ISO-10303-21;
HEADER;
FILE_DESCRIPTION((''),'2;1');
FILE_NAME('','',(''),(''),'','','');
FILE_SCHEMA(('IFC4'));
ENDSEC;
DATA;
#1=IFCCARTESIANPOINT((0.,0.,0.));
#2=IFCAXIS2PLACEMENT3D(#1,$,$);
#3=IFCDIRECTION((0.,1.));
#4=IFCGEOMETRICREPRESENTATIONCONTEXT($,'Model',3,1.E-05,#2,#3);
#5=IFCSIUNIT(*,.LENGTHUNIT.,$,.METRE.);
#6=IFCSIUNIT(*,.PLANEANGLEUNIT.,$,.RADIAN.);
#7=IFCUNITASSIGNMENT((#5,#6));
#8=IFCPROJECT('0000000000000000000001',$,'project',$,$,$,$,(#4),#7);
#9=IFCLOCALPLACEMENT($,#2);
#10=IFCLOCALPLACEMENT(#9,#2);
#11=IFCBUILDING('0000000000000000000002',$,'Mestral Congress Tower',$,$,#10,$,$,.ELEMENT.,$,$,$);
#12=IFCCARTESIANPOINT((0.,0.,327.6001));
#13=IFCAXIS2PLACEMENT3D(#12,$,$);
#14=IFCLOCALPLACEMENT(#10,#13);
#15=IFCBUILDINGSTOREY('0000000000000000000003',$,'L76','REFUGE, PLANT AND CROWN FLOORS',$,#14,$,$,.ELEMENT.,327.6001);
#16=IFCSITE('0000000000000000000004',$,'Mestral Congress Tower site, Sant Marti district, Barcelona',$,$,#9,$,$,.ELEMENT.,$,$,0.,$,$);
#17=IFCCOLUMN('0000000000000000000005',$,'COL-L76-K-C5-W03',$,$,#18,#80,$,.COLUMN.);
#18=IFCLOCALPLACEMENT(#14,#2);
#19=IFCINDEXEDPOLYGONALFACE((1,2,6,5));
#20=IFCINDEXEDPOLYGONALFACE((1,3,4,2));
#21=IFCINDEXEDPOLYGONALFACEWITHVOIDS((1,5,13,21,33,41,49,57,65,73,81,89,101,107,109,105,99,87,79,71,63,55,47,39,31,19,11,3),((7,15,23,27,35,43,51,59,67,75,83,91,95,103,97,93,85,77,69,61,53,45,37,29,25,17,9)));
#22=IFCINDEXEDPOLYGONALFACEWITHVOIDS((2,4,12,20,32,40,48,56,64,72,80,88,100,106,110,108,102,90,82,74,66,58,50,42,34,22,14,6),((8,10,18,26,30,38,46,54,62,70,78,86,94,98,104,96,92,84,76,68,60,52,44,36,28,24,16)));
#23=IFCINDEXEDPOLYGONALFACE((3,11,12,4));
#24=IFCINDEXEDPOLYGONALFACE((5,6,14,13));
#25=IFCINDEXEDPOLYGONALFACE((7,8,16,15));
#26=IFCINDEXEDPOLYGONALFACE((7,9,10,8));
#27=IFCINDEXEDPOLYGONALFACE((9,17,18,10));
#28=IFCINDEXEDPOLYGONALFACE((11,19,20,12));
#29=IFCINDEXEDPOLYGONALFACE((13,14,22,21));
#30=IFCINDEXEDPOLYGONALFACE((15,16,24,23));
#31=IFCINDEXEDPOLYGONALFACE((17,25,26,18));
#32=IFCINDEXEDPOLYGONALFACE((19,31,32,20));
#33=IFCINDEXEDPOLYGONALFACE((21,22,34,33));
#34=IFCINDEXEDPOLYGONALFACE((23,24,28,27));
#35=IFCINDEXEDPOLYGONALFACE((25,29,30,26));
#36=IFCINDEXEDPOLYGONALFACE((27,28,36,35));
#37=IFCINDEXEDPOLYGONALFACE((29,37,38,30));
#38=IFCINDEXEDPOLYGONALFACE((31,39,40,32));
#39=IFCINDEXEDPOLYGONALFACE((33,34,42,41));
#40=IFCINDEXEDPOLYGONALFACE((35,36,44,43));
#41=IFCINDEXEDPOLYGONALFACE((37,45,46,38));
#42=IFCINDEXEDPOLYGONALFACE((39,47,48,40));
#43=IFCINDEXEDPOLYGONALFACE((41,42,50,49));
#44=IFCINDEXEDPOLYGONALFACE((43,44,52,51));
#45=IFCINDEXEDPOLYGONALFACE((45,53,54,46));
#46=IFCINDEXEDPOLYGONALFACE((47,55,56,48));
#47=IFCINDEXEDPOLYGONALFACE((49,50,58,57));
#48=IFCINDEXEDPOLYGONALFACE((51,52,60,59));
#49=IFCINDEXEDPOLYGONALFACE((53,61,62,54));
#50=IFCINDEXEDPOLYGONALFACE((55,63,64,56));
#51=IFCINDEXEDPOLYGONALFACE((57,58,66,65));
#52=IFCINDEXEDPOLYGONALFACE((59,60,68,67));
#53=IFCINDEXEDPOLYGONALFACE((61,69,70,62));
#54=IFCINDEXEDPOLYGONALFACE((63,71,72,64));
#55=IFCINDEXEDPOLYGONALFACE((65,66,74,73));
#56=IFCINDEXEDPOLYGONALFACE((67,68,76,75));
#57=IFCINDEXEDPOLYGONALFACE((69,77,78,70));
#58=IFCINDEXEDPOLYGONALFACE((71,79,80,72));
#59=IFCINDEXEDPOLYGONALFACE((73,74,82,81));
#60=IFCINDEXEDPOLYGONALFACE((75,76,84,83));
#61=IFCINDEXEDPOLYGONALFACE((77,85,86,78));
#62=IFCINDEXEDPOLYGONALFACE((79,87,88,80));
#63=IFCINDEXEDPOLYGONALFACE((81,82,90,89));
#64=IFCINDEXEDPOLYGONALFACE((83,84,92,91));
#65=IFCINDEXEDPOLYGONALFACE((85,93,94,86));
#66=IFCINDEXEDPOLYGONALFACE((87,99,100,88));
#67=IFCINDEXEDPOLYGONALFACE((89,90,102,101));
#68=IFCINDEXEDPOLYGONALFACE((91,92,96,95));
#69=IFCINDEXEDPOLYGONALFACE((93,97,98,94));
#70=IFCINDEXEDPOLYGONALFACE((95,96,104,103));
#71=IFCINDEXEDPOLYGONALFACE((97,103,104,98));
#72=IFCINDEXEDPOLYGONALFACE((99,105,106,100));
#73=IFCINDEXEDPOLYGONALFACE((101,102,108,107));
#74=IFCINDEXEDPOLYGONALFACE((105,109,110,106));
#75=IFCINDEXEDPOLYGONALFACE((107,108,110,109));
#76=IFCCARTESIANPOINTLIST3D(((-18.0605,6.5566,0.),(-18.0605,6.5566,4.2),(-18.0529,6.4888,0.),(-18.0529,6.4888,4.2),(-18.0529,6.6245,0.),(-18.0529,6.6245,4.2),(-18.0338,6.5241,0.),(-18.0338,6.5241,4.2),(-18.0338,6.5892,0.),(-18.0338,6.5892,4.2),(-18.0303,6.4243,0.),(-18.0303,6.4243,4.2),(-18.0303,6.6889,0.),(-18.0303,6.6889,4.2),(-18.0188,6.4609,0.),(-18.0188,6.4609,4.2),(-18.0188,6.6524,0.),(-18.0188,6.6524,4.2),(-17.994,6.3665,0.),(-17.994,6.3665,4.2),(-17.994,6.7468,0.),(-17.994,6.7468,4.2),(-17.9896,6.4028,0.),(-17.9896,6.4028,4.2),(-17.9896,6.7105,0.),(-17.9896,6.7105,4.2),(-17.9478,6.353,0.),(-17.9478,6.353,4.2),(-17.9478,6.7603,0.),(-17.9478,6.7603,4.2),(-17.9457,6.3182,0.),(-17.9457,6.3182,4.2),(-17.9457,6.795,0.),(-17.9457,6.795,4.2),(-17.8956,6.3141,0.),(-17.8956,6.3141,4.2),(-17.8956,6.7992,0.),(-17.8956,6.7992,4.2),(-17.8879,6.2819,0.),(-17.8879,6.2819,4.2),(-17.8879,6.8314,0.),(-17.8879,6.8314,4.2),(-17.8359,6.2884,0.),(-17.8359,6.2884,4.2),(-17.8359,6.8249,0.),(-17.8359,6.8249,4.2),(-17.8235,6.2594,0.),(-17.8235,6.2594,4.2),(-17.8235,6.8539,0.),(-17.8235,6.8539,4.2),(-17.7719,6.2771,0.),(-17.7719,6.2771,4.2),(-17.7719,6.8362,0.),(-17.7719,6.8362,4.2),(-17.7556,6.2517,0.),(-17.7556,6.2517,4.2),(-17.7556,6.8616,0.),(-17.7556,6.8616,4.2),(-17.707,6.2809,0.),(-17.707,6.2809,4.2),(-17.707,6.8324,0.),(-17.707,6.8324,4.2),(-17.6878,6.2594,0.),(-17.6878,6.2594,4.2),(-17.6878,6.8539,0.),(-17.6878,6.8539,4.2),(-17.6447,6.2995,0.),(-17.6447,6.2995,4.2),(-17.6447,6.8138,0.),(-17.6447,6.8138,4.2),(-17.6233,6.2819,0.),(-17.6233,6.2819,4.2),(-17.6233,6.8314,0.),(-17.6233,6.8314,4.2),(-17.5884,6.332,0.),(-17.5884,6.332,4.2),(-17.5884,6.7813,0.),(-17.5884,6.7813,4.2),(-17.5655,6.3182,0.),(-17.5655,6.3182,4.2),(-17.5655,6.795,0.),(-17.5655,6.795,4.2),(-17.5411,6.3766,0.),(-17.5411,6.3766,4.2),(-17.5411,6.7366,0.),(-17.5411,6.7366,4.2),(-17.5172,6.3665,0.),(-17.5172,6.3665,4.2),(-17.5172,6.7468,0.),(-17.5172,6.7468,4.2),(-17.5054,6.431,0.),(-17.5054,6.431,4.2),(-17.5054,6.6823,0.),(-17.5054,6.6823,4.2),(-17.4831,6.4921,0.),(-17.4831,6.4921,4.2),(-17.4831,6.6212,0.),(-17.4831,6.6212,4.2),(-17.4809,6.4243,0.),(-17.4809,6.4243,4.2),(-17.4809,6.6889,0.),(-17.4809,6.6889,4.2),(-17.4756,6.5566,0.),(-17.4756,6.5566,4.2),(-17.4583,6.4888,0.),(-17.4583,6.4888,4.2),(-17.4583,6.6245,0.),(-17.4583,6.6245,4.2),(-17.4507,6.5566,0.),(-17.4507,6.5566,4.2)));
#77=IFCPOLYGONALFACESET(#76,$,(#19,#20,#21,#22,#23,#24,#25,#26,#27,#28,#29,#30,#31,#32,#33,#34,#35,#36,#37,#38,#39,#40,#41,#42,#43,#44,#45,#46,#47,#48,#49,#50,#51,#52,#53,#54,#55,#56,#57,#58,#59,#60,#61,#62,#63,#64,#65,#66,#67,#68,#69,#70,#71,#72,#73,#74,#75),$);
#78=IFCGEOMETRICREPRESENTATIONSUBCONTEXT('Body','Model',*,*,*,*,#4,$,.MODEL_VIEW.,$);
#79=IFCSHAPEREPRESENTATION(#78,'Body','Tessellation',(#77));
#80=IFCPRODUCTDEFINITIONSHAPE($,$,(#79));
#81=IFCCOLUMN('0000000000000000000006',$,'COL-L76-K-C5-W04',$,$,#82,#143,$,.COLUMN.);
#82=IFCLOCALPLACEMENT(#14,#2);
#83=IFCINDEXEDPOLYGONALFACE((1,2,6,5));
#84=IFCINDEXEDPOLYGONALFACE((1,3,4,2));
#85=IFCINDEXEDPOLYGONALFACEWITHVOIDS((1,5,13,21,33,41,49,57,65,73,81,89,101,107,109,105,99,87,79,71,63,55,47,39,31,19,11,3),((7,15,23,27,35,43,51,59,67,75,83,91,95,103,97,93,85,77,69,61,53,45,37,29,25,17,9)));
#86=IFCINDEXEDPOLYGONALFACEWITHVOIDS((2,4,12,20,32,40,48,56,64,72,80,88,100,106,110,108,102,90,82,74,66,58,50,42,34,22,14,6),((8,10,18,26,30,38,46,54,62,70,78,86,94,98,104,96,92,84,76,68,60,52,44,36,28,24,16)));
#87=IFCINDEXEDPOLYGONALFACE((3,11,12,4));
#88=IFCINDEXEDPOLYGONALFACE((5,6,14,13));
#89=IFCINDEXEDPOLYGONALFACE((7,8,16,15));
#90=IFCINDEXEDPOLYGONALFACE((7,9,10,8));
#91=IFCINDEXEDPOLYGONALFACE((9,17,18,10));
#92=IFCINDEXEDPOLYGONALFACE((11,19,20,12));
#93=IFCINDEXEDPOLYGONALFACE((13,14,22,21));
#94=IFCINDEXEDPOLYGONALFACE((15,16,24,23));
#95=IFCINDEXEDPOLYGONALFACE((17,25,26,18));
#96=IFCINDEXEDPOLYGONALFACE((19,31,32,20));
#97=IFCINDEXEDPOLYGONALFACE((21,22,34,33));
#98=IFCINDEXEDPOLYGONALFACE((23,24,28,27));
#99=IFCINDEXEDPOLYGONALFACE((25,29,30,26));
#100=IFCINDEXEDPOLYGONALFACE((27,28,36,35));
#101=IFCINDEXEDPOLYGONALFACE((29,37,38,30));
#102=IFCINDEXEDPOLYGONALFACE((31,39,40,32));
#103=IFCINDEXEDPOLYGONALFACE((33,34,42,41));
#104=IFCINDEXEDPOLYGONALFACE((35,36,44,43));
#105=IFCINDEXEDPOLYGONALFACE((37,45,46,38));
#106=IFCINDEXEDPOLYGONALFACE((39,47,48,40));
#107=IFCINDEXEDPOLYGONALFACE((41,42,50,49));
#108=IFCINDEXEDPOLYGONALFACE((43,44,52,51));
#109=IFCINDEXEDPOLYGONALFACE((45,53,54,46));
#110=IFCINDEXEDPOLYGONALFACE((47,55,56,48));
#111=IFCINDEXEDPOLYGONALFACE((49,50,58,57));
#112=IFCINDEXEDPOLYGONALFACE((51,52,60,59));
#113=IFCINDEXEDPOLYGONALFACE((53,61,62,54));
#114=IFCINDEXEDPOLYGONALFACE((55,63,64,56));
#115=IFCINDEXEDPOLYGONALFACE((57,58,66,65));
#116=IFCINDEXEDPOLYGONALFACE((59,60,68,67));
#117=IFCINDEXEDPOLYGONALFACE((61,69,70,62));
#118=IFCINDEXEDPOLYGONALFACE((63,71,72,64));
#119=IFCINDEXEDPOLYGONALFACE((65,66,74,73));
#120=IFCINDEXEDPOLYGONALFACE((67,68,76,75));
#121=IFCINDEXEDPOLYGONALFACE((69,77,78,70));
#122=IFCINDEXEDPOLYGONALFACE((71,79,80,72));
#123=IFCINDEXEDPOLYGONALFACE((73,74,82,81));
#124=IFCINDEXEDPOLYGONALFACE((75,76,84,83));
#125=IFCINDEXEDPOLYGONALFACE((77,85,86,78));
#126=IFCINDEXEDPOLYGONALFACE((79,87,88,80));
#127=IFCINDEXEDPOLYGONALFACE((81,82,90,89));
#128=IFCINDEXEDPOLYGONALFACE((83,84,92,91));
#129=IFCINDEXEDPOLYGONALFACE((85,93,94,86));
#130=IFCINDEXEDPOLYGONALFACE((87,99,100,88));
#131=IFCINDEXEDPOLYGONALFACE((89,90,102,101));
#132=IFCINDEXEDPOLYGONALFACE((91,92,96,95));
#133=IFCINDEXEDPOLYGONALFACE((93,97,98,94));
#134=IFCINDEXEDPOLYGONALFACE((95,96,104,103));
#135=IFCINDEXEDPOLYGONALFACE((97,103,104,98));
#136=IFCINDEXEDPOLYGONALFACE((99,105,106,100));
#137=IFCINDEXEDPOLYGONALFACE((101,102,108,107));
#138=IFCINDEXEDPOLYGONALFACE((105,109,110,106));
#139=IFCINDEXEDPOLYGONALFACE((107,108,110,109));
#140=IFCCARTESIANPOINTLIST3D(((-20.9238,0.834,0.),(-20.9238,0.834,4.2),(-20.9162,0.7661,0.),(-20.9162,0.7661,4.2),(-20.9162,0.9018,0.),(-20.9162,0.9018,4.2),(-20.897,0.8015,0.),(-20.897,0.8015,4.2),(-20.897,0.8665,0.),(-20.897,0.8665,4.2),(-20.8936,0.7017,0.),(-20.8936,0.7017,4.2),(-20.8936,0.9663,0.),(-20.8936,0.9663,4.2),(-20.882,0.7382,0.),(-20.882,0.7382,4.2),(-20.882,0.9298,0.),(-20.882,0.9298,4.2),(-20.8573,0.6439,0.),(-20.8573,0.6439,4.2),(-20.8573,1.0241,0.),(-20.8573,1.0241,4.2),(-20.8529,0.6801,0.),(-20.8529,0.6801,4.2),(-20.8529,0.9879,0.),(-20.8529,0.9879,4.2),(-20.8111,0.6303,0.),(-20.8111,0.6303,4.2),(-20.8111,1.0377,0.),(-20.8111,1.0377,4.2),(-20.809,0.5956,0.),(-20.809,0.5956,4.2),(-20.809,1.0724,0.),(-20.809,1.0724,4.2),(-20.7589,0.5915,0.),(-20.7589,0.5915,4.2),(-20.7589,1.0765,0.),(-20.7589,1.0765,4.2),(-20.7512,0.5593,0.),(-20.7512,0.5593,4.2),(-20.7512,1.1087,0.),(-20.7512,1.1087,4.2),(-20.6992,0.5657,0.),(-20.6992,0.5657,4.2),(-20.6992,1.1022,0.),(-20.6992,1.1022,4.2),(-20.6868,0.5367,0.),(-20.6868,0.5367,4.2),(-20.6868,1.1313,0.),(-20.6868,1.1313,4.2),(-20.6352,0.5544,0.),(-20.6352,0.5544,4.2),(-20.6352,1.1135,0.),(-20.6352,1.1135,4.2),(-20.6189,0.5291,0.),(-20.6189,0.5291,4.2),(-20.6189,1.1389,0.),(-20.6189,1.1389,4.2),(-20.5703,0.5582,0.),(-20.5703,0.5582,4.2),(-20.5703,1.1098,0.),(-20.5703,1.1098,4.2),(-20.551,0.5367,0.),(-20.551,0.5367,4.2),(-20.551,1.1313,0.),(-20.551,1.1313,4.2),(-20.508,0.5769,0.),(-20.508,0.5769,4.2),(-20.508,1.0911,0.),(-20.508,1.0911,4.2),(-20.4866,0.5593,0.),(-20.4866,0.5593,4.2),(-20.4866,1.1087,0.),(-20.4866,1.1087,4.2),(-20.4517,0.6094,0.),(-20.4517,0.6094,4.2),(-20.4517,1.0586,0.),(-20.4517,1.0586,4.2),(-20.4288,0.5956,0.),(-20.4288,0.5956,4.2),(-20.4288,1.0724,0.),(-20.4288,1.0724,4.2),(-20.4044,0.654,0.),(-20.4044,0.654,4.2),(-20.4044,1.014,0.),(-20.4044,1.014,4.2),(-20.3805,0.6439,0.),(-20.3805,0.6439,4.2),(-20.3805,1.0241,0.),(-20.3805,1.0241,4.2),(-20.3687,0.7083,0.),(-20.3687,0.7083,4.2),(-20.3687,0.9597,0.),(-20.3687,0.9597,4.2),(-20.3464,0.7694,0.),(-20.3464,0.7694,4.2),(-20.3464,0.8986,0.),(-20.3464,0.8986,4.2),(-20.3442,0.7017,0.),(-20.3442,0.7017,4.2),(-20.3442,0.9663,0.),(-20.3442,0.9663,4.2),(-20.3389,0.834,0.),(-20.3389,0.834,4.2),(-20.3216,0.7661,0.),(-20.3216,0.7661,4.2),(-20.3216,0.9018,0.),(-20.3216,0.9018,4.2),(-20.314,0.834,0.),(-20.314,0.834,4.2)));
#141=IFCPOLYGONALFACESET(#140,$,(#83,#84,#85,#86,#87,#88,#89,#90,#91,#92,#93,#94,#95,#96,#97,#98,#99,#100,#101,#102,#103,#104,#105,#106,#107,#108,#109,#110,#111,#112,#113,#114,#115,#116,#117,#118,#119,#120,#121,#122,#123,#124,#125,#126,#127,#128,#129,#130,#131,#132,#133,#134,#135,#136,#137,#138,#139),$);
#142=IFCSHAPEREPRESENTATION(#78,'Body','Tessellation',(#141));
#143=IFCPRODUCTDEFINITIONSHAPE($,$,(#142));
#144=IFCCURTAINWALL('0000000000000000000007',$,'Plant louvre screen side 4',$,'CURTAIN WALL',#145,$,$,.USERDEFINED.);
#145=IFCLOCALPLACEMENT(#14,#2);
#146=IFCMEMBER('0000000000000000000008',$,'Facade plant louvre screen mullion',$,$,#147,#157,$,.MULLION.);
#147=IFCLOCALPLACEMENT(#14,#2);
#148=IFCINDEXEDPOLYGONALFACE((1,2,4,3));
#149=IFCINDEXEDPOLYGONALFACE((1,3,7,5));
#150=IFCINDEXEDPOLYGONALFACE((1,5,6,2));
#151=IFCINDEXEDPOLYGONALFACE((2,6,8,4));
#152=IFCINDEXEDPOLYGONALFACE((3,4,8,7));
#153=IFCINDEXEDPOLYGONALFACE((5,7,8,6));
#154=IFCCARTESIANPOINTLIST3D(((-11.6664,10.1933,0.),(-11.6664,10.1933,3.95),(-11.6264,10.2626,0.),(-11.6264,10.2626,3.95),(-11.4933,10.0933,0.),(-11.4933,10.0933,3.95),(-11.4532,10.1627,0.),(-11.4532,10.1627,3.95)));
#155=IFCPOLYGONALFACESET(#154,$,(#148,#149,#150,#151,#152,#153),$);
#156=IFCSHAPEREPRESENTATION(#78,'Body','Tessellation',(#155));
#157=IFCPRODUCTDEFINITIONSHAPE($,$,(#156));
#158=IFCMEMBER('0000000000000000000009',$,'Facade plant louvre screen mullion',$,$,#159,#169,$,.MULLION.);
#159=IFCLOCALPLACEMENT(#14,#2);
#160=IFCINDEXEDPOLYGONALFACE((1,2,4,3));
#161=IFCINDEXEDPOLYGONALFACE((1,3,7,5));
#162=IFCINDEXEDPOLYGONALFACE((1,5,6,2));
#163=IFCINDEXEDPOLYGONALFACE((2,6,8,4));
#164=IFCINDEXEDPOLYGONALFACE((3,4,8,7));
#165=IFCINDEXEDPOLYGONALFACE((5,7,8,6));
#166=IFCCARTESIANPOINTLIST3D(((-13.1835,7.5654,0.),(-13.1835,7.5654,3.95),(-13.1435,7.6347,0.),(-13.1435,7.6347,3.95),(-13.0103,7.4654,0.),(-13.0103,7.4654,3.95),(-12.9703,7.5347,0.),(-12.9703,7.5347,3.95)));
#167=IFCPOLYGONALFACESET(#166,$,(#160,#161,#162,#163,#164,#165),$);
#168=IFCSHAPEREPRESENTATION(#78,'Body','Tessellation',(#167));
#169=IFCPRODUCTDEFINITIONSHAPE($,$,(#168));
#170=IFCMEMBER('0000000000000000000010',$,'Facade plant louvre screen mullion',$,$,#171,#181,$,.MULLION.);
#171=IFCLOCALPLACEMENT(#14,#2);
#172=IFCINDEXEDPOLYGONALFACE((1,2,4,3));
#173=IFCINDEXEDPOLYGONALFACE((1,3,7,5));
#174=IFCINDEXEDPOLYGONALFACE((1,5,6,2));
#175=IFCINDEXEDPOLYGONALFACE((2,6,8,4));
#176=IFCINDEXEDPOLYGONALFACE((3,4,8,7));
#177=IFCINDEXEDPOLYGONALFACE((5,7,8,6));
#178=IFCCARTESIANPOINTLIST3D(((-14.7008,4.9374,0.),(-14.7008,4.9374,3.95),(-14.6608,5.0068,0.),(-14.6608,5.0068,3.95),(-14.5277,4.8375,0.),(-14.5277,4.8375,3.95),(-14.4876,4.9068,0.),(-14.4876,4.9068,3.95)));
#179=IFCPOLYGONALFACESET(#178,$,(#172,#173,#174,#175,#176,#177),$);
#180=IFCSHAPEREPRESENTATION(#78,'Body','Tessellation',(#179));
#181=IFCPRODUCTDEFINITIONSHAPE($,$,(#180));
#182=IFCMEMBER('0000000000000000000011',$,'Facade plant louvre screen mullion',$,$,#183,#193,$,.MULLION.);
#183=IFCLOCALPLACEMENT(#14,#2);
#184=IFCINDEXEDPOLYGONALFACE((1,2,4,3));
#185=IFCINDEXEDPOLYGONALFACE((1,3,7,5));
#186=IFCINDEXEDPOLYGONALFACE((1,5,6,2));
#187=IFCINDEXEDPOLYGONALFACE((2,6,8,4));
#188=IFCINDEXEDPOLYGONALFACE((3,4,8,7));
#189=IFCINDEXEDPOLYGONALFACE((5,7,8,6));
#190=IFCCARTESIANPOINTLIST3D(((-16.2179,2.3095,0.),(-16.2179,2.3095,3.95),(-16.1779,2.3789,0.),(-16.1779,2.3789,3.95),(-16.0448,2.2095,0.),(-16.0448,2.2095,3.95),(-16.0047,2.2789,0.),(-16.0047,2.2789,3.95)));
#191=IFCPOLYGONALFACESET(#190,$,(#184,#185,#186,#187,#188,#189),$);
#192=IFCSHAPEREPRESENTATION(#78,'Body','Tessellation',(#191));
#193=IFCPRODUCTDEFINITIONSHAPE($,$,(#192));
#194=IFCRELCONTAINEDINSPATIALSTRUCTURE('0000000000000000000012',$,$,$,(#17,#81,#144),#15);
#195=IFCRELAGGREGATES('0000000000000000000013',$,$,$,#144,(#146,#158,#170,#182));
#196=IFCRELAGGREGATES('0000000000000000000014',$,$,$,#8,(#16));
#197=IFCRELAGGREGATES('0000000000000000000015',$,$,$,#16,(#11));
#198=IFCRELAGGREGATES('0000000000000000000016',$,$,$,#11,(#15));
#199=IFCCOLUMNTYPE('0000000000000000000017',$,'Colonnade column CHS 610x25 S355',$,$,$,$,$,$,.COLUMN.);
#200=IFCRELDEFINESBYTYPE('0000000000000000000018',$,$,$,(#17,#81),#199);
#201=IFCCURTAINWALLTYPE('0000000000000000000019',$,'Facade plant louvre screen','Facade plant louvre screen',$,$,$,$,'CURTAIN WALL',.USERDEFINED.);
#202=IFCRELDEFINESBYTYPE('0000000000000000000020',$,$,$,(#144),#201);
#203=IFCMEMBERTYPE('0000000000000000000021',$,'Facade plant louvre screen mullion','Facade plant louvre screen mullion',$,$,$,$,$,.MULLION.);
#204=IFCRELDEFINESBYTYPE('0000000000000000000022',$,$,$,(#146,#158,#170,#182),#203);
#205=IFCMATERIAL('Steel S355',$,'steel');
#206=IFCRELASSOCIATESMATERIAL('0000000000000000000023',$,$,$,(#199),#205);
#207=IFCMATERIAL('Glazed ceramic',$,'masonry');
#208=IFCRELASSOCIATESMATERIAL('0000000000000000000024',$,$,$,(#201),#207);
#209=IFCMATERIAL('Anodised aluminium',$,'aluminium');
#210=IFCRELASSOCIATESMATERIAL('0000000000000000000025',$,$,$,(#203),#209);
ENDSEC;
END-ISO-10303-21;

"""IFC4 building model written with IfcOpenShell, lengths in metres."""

from ifc_helpers import new_model, si_unit, direction, frame, origin, origin_2d, place, context, subcontext, project, spatial, rectangle, hollow_circle, extrude, material, material_profile, profile_set, type_object, element, aggregate, save


model = new_model("IFC4")

# Units and contexts
model_context = context("Model", 3, precision=1e-05, world=origin(), true_north=direction((0.0, 1.0)))
body_context = subcontext(model_context, "Body", "Model", "MODEL_VIEW")
ifc_project = project(units=[si_unit("LENGTHUNIT", "METRE"), si_unit("PLANEANGLEUNIT", "RADIAN")], contexts=[model_context])

# Site, building, storey
site_placement = place(None, origin())
site = spatial("IfcSite", under=ifc_project, at=site_placement, Name="Mestral Congress Tower site, Sant Marti district, Barcelona", CompositionType="ELEMENT", RefElevation=0.0)
building_placement = place(site_placement, origin())
building = spatial("IfcBuilding", under=site, at=building_placement, Name="Mestral Congress Tower", CompositionType="ELEMENT")
storey_placement = place(building_placement, frame((0.0, 0.0, 327.6001)))
storey = spatial("IfcBuildingStorey", under=building, at=storey_placement, Name="L76", Description="REFUGE, PLANT AND CROWN FLOORS", CompositionType="ELEMENT", Elevation=327.6001)

# Columns
ifc_material_1 = material(Name="Steel S355", Category="steel")
ifc_material_profile_1 = material_profile(ifc_material_1, hollow_circle(Radius=0.3049, WallThickness=0.0249, at=origin_2d()), Name="CHS 610x25")
ifc_profile_set_1 = profile_set([ifc_material_profile_1], Name="Steel S355")
column_type = type_object("IfcColumnType", Name="Colonnade column CHS 610x25 S355", PredefinedType="COLUMN", material=ifc_profile_set_1)
for number, where, z_axis, x_axis, name in (
    (1, (-17.7556, 6.5566, 0.0), (0.0, 0.0, 1.0), (1.0, 0.0, 0.0), "COL-L76-K-C5-W03"),
    (2, (-20.6189, 0.834, 0.0), (0.0, 0.0, 1.0), (1.0, 0.0, 0.0), "COL-L76-K-C5-W04"),
):
    element("IfcColumn", number, at=place(storey_placement, frame(where, z_axis=z_axis, x_axis=x_axis)), inside=storey, type_object=column_type, Name=name, PredefinedType="COLUMN", context=body_context, shape_type="SweptSolid", body=[
        extrude(hollow_circle(Radius=0.3049, WallThickness=0.0249, at=origin_2d()), origin(), (0.0, 0.0, 1.0), 4.2),
    ])

# Curtain wall, members
ifc_material_2 = material(Name="Glazed ceramic", Category="masonry")
curtain_wall_type = type_object("IfcCurtainWallType", Name="Facade plant louvre screen", Description="Facade plant louvre screen", ElementType="CURTAIN WALL", PredefinedType="USERDEFINED", material=ifc_material_2)
curtain_wall_placement = place(storey_placement, origin())
curtain_wall = element("IfcCurtainWall", 3, at=curtain_wall_placement, inside=storey, type_object=curtain_wall_type, Name="Plant louvre screen side 4", ObjectType="CURTAIN WALL", PredefinedType="USERDEFINED")
ifc_material_3 = material(Name="Anodised aluminium", Category="aluminium")
ifc_material_profile_2 = material_profile(ifc_material_3, rectangle(XDim=0.2, YDim=0.0801, at=origin_2d()), Name="CW6 mullion 200 x 80")
ifc_profile_set_2 = profile_set([ifc_material_profile_2], Name="Anodised aluminium")
member_type_1 = type_object("IfcMemberType", Name="Facade plant louvre screen mullion", Description="Facade plant louvre screen mullion", PredefinedType="MULLION", material=ifc_profile_set_2)
member_1_placement = place(storey_placement, frame((-11.5598, 10.178, 0.0), z_axis=(0.0, 0.0, 1.0), x_axis=(-0.866025, 0.500002, 0.0)))
member_1 = element("IfcMember", 4, at=member_1_placement, type_object=member_type_1, Name="Facade plant louvre screen mullion", PredefinedType="MULLION", context=body_context, shape_type="SweptSolid", body=[
    extrude(rectangle(XDim=0.2, YDim=0.0801, at=origin_2d()), origin(), (0.0, 0.0, 1.0), 3.95),
])
member_2_placement = place(storey_placement, frame((-13.0769, 7.55, 0.0), z_axis=(0.0, 0.0, 1.0), x_axis=(-0.866025, 0.500002, 0.0)))
member_2 = element("IfcMember", 5, at=member_2_placement, type_object=member_type_1, Name="Facade plant louvre screen mullion", PredefinedType="MULLION", context=body_context, shape_type="SweptSolid", body=[
    extrude(rectangle(XDim=0.2, YDim=0.0801, at=origin_2d()), origin(), (0.0, 0.0, 1.0), 3.95),
])
member_3_placement = place(storey_placement, frame((-14.5942, 4.9221, 0.0), z_axis=(0.0, 0.0, 1.0), x_axis=(-0.866025, 0.500002, 0.0)))
member_3 = element("IfcMember", 6, at=member_3_placement, type_object=member_type_1, Name="Facade plant louvre screen mullion", PredefinedType="MULLION", context=body_context, shape_type="SweptSolid", body=[
    extrude(rectangle(XDim=0.2, YDim=0.0801, at=origin_2d()), origin(), (0.0, 0.0, 1.0), 3.95),
])
member_4_placement = place(storey_placement, frame((-16.1113, 2.2942, 0.0), z_axis=(0.0, 0.0, 1.0), x_axis=(-0.866025, 0.500002, 0.0)))
member_4 = element("IfcMember", 7, at=member_4_placement, type_object=member_type_1, Name="Facade plant louvre screen mullion", PredefinedType="MULLION", context=body_context, shape_type="SweptSolid", body=[
    extrude(rectangle(XDim=0.2, YDim=0.0801, at=origin_2d()), origin(), (0.0, 0.0, 1.0), 3.95),
])

aggregate(curtain_wall, [member_1, member_2, member_3, member_4])

save(model, "model.ifc")
